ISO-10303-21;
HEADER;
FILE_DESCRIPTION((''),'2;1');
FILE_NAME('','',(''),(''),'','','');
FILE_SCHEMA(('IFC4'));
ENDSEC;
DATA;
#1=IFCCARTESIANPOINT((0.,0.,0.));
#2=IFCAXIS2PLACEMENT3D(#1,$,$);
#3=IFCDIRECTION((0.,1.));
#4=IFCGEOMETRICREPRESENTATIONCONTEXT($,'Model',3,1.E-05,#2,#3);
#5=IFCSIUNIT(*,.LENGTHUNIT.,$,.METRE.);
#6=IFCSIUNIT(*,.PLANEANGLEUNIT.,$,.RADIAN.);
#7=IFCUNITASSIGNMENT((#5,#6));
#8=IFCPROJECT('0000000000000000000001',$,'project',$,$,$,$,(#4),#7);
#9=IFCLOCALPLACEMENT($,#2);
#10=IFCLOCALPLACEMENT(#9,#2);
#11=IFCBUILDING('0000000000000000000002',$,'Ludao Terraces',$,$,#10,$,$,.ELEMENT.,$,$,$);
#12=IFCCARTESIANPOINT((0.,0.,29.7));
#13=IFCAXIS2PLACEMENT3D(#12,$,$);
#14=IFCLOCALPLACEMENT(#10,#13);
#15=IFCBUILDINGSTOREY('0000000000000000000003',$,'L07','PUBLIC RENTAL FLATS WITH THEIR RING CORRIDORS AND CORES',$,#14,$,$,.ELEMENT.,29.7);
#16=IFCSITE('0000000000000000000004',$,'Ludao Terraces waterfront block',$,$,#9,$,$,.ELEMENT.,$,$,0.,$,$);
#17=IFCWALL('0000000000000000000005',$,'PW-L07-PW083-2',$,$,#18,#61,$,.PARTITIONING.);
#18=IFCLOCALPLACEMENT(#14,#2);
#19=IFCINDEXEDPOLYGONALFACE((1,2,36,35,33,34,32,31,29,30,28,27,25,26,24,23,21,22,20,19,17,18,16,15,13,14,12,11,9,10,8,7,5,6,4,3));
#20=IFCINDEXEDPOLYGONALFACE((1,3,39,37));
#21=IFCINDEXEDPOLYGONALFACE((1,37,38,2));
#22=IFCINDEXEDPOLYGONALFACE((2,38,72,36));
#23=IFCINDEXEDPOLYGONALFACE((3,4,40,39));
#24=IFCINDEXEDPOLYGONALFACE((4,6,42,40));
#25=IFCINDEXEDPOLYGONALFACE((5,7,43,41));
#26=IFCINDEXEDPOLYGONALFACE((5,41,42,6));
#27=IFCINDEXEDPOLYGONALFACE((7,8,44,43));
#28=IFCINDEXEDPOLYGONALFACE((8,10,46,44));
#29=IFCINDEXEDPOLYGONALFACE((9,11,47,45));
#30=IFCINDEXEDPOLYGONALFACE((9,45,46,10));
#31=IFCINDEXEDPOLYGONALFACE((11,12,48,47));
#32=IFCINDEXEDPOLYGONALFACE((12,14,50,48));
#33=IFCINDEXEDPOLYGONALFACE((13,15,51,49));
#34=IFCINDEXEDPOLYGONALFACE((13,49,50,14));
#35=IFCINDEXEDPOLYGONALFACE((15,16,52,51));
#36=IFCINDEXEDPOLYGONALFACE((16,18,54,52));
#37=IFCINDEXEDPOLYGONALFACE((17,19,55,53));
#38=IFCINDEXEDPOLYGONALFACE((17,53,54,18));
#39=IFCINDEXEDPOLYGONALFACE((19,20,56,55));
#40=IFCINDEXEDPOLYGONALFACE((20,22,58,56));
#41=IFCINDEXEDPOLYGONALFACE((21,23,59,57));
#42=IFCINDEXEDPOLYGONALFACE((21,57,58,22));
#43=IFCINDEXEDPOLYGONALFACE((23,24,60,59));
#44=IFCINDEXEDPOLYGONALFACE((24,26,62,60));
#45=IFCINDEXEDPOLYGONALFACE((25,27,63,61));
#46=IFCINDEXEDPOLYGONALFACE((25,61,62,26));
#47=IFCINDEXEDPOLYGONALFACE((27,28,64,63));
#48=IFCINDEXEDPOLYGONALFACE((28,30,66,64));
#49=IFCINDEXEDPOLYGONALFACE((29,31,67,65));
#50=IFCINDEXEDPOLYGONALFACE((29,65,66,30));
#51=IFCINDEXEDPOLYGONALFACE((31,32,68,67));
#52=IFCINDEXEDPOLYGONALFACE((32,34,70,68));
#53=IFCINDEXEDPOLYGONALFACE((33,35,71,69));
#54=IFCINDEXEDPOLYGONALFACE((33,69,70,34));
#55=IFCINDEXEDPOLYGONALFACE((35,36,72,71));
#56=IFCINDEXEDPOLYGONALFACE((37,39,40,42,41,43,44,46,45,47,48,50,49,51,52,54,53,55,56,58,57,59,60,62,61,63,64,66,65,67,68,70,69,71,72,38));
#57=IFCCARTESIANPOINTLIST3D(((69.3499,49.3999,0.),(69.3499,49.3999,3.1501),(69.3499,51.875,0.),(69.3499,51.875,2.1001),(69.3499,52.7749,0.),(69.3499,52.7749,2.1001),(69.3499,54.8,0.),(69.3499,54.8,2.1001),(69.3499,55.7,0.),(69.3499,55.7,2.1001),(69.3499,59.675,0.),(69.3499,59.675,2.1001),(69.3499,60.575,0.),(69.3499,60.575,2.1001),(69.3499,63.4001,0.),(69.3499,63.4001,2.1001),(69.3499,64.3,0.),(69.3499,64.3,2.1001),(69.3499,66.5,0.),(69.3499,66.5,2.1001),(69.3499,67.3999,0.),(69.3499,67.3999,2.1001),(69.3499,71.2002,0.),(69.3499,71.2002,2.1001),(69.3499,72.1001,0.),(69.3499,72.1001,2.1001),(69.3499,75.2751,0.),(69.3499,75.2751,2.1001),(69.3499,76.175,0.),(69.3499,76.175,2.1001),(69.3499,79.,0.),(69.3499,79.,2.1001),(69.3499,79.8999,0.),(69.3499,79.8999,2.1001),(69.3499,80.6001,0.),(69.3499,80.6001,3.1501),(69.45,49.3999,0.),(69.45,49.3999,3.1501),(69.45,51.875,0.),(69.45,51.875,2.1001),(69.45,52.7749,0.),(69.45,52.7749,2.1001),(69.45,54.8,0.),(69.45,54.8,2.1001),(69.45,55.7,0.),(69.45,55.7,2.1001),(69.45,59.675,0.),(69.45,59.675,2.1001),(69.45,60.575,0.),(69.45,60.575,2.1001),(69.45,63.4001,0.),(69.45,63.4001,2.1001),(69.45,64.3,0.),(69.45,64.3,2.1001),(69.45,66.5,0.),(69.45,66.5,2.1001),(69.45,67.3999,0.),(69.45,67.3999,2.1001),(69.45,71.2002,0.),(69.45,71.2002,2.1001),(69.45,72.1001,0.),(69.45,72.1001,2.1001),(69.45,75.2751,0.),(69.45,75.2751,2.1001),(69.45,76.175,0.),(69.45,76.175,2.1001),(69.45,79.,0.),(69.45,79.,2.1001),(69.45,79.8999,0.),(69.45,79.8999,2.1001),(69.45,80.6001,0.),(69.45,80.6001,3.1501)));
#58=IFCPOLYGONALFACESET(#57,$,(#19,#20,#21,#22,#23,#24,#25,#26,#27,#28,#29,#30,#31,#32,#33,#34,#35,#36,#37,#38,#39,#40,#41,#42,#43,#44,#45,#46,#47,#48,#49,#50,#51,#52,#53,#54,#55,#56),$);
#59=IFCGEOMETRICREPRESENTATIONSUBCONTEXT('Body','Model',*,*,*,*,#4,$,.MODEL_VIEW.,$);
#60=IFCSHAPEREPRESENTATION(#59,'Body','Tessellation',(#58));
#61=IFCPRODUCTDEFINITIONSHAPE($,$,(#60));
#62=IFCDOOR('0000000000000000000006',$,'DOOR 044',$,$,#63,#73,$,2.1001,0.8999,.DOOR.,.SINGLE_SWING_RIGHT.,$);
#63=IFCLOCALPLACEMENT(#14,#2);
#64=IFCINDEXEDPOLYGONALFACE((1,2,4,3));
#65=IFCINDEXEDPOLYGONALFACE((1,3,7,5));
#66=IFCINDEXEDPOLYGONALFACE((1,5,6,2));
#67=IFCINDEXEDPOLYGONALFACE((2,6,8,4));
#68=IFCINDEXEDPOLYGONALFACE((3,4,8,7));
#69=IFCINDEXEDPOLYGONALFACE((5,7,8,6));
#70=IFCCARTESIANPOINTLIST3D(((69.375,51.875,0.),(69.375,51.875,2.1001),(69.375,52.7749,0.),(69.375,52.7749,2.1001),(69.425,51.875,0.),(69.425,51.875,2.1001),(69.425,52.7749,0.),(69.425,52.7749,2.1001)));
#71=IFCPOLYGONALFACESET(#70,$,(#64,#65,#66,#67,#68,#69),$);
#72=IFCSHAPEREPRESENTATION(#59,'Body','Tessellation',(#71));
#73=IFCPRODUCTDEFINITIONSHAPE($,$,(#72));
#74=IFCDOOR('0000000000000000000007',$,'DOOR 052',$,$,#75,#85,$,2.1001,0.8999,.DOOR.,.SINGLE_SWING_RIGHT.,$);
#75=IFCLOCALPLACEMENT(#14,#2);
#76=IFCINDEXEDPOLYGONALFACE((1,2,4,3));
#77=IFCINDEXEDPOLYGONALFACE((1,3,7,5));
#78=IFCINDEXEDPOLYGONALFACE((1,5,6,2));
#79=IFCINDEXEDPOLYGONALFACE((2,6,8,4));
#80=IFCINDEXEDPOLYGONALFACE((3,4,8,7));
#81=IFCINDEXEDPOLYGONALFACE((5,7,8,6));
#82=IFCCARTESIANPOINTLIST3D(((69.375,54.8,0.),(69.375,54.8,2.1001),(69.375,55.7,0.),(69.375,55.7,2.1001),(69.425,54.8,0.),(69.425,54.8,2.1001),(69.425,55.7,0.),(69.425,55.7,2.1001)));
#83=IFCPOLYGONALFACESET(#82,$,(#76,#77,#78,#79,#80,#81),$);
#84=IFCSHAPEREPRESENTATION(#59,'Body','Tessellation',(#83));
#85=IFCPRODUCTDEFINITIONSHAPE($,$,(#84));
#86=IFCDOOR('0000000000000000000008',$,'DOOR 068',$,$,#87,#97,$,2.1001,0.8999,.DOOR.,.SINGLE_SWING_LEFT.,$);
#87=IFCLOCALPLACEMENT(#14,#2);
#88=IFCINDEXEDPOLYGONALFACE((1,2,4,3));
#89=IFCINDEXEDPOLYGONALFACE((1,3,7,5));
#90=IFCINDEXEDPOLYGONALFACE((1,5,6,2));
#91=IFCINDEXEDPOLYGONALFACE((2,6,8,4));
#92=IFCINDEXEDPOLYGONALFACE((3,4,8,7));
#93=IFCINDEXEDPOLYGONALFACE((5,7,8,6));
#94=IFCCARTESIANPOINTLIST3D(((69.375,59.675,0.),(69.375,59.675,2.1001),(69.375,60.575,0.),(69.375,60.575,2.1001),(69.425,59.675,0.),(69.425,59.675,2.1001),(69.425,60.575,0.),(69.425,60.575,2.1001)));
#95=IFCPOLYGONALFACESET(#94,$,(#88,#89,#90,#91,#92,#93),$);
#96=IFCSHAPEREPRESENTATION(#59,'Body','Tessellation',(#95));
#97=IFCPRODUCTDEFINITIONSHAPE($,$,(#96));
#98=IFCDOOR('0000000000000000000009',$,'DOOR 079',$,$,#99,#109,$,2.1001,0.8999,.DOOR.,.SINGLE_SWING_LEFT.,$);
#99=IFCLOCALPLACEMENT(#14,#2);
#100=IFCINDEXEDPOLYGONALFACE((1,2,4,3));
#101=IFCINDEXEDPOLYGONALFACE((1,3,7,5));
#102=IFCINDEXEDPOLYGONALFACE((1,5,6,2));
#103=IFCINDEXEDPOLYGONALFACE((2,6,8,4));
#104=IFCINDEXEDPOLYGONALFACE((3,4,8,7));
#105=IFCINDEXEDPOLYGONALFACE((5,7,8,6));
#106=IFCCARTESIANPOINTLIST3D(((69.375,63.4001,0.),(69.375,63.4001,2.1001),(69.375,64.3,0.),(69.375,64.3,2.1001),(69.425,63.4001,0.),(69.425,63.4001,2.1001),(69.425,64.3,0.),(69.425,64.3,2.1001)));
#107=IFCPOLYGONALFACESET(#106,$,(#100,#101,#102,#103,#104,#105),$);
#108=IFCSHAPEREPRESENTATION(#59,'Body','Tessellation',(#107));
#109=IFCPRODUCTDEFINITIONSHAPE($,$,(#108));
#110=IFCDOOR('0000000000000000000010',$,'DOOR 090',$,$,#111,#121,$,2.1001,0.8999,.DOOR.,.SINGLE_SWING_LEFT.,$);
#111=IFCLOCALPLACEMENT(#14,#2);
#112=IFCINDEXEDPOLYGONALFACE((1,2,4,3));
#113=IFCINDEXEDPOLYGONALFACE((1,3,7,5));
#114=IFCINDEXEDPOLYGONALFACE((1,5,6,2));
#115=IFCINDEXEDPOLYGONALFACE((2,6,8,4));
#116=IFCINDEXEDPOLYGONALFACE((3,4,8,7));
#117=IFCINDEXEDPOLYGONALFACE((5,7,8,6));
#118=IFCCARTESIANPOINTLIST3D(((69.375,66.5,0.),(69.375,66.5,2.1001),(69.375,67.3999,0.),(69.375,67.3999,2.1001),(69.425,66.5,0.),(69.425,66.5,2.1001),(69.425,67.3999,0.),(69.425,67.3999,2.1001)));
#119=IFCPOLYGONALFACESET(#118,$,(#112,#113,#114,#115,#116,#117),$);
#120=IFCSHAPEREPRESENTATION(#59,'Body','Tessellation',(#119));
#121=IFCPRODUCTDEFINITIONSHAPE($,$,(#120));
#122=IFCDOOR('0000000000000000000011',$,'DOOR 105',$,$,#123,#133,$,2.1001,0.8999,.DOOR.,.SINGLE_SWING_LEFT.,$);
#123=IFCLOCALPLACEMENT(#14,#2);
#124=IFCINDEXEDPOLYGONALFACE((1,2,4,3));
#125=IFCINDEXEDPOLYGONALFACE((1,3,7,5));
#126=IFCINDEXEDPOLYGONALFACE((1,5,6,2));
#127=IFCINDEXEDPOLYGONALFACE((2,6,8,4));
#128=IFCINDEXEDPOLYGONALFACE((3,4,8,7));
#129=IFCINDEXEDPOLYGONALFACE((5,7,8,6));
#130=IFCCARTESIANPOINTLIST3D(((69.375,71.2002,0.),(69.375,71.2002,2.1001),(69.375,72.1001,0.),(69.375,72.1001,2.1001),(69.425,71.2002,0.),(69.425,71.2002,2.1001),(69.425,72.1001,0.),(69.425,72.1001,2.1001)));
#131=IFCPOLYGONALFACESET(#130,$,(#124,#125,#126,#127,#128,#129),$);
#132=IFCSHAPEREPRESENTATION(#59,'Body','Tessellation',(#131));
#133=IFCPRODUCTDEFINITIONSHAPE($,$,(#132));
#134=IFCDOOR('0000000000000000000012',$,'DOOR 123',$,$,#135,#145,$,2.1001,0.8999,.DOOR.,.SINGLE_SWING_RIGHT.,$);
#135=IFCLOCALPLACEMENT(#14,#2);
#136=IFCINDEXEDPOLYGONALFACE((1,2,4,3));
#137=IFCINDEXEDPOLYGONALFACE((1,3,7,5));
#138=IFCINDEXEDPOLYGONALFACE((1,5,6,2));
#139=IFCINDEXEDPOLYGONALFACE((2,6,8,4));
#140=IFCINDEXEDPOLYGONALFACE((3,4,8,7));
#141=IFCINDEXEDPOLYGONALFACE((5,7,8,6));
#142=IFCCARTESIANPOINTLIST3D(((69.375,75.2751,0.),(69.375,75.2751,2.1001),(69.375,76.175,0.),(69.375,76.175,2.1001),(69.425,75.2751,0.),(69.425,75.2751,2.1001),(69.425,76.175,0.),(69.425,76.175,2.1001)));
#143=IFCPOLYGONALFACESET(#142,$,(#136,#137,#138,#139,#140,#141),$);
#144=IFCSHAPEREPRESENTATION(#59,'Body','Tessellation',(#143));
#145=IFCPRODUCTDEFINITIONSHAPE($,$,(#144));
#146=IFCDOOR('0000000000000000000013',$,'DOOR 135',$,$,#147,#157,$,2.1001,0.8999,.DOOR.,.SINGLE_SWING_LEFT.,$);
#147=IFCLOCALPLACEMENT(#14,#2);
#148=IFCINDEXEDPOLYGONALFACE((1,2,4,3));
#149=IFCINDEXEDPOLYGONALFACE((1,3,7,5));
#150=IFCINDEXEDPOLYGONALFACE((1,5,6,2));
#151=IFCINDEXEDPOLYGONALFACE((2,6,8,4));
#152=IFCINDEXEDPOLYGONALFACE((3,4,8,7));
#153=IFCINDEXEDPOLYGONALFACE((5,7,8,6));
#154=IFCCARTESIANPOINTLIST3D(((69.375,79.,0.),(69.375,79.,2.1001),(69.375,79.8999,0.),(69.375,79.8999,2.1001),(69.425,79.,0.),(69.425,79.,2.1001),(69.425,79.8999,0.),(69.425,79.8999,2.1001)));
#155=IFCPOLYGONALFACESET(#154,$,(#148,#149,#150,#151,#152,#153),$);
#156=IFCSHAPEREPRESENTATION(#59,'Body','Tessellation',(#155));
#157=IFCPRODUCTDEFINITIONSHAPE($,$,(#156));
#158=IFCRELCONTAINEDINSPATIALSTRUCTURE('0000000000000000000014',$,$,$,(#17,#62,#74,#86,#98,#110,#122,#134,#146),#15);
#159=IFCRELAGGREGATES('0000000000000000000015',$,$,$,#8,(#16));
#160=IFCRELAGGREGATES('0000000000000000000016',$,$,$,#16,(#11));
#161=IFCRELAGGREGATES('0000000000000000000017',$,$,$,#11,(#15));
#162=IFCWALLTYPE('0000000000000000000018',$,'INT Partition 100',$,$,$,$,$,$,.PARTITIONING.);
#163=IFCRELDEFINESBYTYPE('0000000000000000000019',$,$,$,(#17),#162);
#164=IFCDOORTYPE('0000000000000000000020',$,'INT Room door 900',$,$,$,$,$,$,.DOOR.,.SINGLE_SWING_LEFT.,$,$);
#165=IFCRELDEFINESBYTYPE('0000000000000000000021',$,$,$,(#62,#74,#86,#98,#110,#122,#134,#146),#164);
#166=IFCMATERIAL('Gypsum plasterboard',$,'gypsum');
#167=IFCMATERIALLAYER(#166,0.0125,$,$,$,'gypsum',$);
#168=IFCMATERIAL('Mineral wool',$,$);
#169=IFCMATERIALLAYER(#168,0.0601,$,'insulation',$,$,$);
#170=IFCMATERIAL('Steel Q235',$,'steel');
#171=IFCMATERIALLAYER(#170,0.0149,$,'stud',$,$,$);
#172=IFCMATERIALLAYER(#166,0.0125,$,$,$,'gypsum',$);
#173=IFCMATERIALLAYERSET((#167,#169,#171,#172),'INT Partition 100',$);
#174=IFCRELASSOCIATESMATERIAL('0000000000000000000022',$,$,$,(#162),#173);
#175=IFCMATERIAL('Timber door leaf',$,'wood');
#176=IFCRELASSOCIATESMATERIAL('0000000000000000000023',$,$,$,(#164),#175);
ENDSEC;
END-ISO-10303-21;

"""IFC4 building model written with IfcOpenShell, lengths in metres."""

from ifc_helpers import new_model, si_unit, direction, frame, frame_2d, origin, place, context, subcontext, project, spatial, rectangle, extrude, material, layer, layer_set, type_object, element, fill, save


model = new_model("IFC4")

# Units and contexts
model_context = context("Model", 3, precision=1e-05, world=origin(), true_north=direction((0.0, 1.0)))
body_context = subcontext(model_context, "Body", "Model", "MODEL_VIEW")
ifc_project = project(units=[si_unit("LENGTHUNIT", "METRE"), si_unit("PLANEANGLEUNIT", "RADIAN")], contexts=[model_context])

# Site, building, storey
site_placement = place(None, origin())
site = spatial("IfcSite", under=ifc_project, at=site_placement, Name="Ludao Terraces waterfront block", CompositionType="ELEMENT", RefElevation=0.0)
building_placement = place(site_placement, origin())
building = spatial("IfcBuilding", under=site, at=building_placement, Name="Ludao Terraces", CompositionType="ELEMENT")
storey_placement = place(building_placement, frame((0.0, 0.0, 29.7)))
storey = spatial("IfcBuildingStorey", under=building, at=storey_placement, Name="L07", Description="PUBLIC RENTAL FLATS WITH THEIR RING CORRIDORS AND CORES", CompositionType="ELEMENT", Elevation=29.7)

# Shared definitions
ifc_material_1 = material(Name="Mineral wool")

# Shared definitions
ifc_material_2 = material(Name="Gypsum plasterboard", Category="gypsum")
ifc_layer_1 = layer(ifc_material_2, 0.0125, Category="gypsum")
ifc_layer_2 = layer(ifc_material_1, 0.0601, Name="insulation")
ifc_material_3 = material(Name="Steel Q235", Category="steel")
ifc_layer_3 = layer(ifc_material_3, 0.0149, Name="stud")
ifc_layer_4 = layer(ifc_material_2, 0.0125, Category="gypsum")
ifc_layer_set_1 = layer_set([ifc_layer_1, ifc_layer_2, ifc_layer_3, ifc_layer_4], Name="INT Partition 100")
wall_type_1 = type_object("IfcWallType", Name="INT Partition 100", PredefinedType="PARTITIONING", material=ifc_layer_set_1)

# Wall, openings, doors
ifc_material_4 = material(Name="Timber door leaf", Category="wood")
door_type_1 = type_object("IfcDoorType", Name="INT Room door 900", OperationType="SINGLE_SWING_LEFT", PredefinedType="DOOR", material=ifc_material_4)
wall_1_placement = place(storey_placement, frame((69.3999, 49.3999, 0.0), z_axis=(0.0, 0.0, 1.0), x_axis=(0.0, 1.0, 0.0)))
wall_1 = element("IfcWall", 1, at=wall_1_placement, inside=storey, type_object=wall_type_1, Name="PW-L07-PW083-2", PredefinedType="PARTITIONING", context=body_context, shape_type="SweptSolid", body=[
    extrude(rectangle(XDim=31.2002, YDim=0.1001, at=frame_2d((15.6001, 0.0))), origin(), (0.0, 0.0, 1.0), 3.1501),
])
opening_1_placement = place(wall_1_placement, frame((2.4751, 0.0, 0.0)))
opening_1 = element("IfcOpeningElement", 2, at=opening_1_placement, cuts=wall_1, PredefinedType="OPENING", context=body_context, shape_type="SweptSolid", body=[
    extrude(rectangle(XDim=0.8999, YDim=2.1001, at=frame_2d((0.45, 1.05))), frame((0.0, 0.0601, 0.0), z_axis=(0.0, -1.0, 0.0), x_axis=(1.0, 0.0, 0.0)), (0.0, 0.0, 1.0), 0.1201),
])
opening_2_placement = place(wall_1_placement, frame((5.4001, 0.0, 0.0)))
opening_2 = element("IfcOpeningElement", 3, at=opening_2_placement, cuts=wall_1, PredefinedType="OPENING", context=body_context, shape_type="SweptSolid", body=[
    extrude(rectangle(XDim=0.8999, YDim=2.1001, at=frame_2d((0.45, 1.05))), frame((0.0, 0.0601, 0.0), z_axis=(0.0, -1.0, 0.0), x_axis=(1.0, 0.0, 0.0)), (0.0, 0.0, 1.0), 0.1201),
])
opening_3_placement = place(wall_1_placement, frame((10.2751, 0.0, 0.0)))
opening_3 = element("IfcOpeningElement", 4, at=opening_3_placement, cuts=wall_1, PredefinedType="OPENING", context=body_context, shape_type="SweptSolid", body=[
    extrude(rectangle(XDim=0.8999, YDim=2.1001, at=frame_2d((0.45, 1.05))), frame((0.0, 0.0601, 0.0), z_axis=(0.0, -1.0, 0.0), x_axis=(1.0, 0.0, 0.0)), (0.0, 0.0, 1.0), 0.1201),
])
opening_4_placement = place(wall_1_placement, frame((14.0002, 0.0, 0.0)))
opening_4 = element("IfcOpeningElement", 5, at=opening_4_placement, cuts=wall_1, PredefinedType="OPENING", context=body_context, shape_type="SweptSolid", body=[
    extrude(rectangle(XDim=0.8999, YDim=2.1001, at=frame_2d((0.45, 1.05))), frame((0.0, 0.0601, 0.0), z_axis=(0.0, -1.0, 0.0), x_axis=(1.0, 0.0, 0.0)), (0.0, 0.0, 1.0), 0.1201),
])
opening_5_placement = place(wall_1_placement, frame((17.1001, 0.0, 0.0)))
opening_5 = element("IfcOpeningElement", 6, at=opening_5_placement, cuts=wall_1, PredefinedType="OPENING", context=body_context, shape_type="SweptSolid", body=[
    extrude(rectangle(XDim=0.8999, YDim=2.1001, at=frame_2d((0.45, 1.05))), frame((0.0, 0.0601, 0.0), z_axis=(0.0, -1.0, 0.0), x_axis=(1.0, 0.0, 0.0)), (0.0, 0.0, 1.0), 0.1201),
])
opening_6_placement = place(wall_1_placement, frame((21.8003, 0.0, 0.0)))
opening_6 = element("IfcOpeningElement", 7, at=opening_6_placement, cuts=wall_1, PredefinedType="OPENING", context=body_context, shape_type="SweptSolid", body=[
    extrude(rectangle(XDim=0.8999, YDim=2.1001, at=frame_2d((0.45, 1.05))), frame((0.0, 0.0601, 0.0), z_axis=(0.0, -1.0, 0.0), x_axis=(1.0, 0.0, 0.0)), (0.0, 0.0, 1.0), 0.1201),
])
opening_7_placement = place(wall_1_placement, frame((25.8752, 0.0, 0.0)))
opening_7 = element("IfcOpeningElement", 8, at=opening_7_placement, cuts=wall_1, PredefinedType="OPENING", context=body_context, shape_type="SweptSolid", body=[
    extrude(rectangle(XDim=0.8999, YDim=2.1001, at=frame_2d((0.45, 1.05))), frame((0.0, 0.0601, 0.0), z_axis=(0.0, -1.0, 0.0), x_axis=(1.0, 0.0, 0.0)), (0.0, 0.0, 1.0), 0.1201),
])
opening_8_placement = place(wall_1_placement, frame((29.6001, 0.0, 0.0)))
opening_8 = element("IfcOpeningElement", 9, at=opening_8_placement, cuts=wall_1, PredefinedType="OPENING", context=body_context, shape_type="SweptSolid", body=[
    extrude(rectangle(XDim=0.8999, YDim=2.1001, at=frame_2d((0.45, 1.05))), frame((0.0, 0.0601, 0.0), z_axis=(0.0, -1.0, 0.0), x_axis=(1.0, 0.0, 0.0)), (0.0, 0.0, 1.0), 0.1201),
])
door_1_placement = place(opening_1_placement, origin())
door_1 = element("IfcDoor", 10, at=door_1_placement, inside=storey, type_object=door_type_1, Name="DOOR 044", OperationType="SINGLE_SWING_RIGHT", OverallHeight=2.1001, OverallWidth=0.8999, PredefinedType="DOOR", context=body_context, shape_type="SweptSolid", body=[
    extrude(rectangle(XDim=0.8999, YDim=2.1001, at=frame_2d((0.45, 1.05))), frame((0.0, 0.0249, 0.0), z_axis=(0.0, -1.0, 0.0), x_axis=(1.0, 0.0, 0.0)), (0.0, 0.0, 1.0), 0.05),
])
fill(opening_1, door_1)
door_2_placement = place(opening_2_placement, origin())
door_2 = element("IfcDoor", 11, at=door_2_placement, inside=storey, type_object=door_type_1, Name="DOOR 052", OperationType="SINGLE_SWING_RIGHT", OverallHeight=2.1001, OverallWidth=0.8999, PredefinedType="DOOR", context=body_context, shape_type="SweptSolid", body=[
    extrude(rectangle(XDim=0.8999, YDim=2.1001, at=frame_2d((0.45, 1.05))), frame((0.0, 0.0249, 0.0), z_axis=(0.0, -1.0, 0.0), x_axis=(1.0, 0.0, 0.0)), (0.0, 0.0, 1.0), 0.05),
])
fill(opening_2, door_2)
door_3_placement = place(opening_3_placement, origin())
door_3 = element("IfcDoor", 12, at=door_3_placement, inside=storey, type_object=door_type_1, Name="DOOR 068", OperationType="SINGLE_SWING_LEFT", OverallHeight=2.1001, OverallWidth=0.8999, PredefinedType="DOOR", context=body_context, shape_type="SweptSolid", body=[
    extrude(rectangle(XDim=0.8999, YDim=2.1001, at=frame_2d((0.45, 1.05))), frame((0.0, 0.0249, 0.0), z_axis=(0.0, -1.0, 0.0), x_axis=(1.0, 0.0, 0.0)), (0.0, 0.0, 1.0), 0.05),
])
fill(opening_3, door_3)
door_4_placement = place(opening_4_placement, origin())
door_4 = element("IfcDoor", 13, at=door_4_placement, inside=storey, type_object=door_type_1, Name="DOOR 079", OperationType="SINGLE_SWING_LEFT", OverallHeight=2.1001, OverallWidth=0.8999, PredefinedType="DOOR", context=body_context, shape_type="SweptSolid", body=[
    extrude(rectangle(XDim=0.8999, YDim=2.1001, at=frame_2d((0.45, 1.05))), frame((0.0, 0.0249, 0.0), z_axis=(0.0, -1.0, 0.0), x_axis=(1.0, 0.0, 0.0)), (0.0, 0.0, 1.0), 0.05),
])
fill(opening_4, door_4)
door_5_placement = place(opening_5_placement, origin())
door_5 = element("IfcDoor", 14, at=door_5_placement, inside=storey, type_object=door_type_1, Name="DOOR 090", OperationType="SINGLE_SWING_LEFT", OverallHeight=2.1001, OverallWidth=0.8999, PredefinedType="DOOR", context=body_context, shape_type="SweptSolid", body=[
    extrude(rectangle(XDim=0.8999, YDim=2.1001, at=frame_2d((0.45, 1.05))), frame((0.0, 0.0249, 0.0), z_axis=(0.0, -1.0, 0.0), x_axis=(1.0, 0.0, 0.0)), (0.0, 0.0, 1.0), 0.05),
])
fill(opening_5, door_5)
door_6_placement = place(opening_6_placement, origin())
door_6 = element("IfcDoor", 15, at=door_6_placement, inside=storey, type_object=door_type_1, Name="DOOR 105", OperationType="SINGLE_SWING_LEFT", OverallHeight=2.1001, OverallWidth=0.8999, PredefinedType="DOOR", context=body_context, shape_type="SweptSolid", body=[
    extrude(rectangle(XDim=0.8999, YDim=2.1001, at=frame_2d((0.45, 1.05))), frame((0.0, 0.0249, 0.0), z_axis=(0.0, -1.0, 0.0), x_axis=(1.0, 0.0, 0.0)), (0.0, 0.0, 1.0), 0.05),
])
fill(opening_6, door_6)
door_7_placement = place(opening_7_placement, origin())
door_7 = element("IfcDoor", 16, at=door_7_placement, inside=storey, type_object=door_type_1, Name="DOOR 123", OperationType="SINGLE_SWING_RIGHT", OverallHeight=2.1001, OverallWidth=0.8999, PredefinedType="DOOR", context=body_context, shape_type="SweptSolid", body=[
    extrude(rectangle(XDim=0.8999, YDim=2.1001, at=frame_2d((0.45, 1.05))), frame((0.0, 0.0249, 0.0), z_axis=(0.0, -1.0, 0.0), x_axis=(1.0, 0.0, 0.0)), (0.0, 0.0, 1.0), 0.05),
])
fill(opening_7, door_7)
door_8_placement = place(opening_8_placement, origin())
door_8 = element("IfcDoor", 17, at=door_8_placement, inside=storey, type_object=door_type_1, Name="DOOR 135", OperationType="SINGLE_SWING_LEFT", OverallHeight=2.1001, OverallWidth=0.8999, PredefinedType="DOOR", context=body_context, shape_type="SweptSolid", body=[
    extrude(rectangle(XDim=0.8999, YDim=2.1001, at=frame_2d((0.45, 1.05))), frame((0.0, 0.0249, 0.0), z_axis=(0.0, -1.0, 0.0), x_axis=(1.0, 0.0, 0.0)), (0.0, 0.0, 1.0), 0.05),
])
fill(opening_8, door_8)

save(model, "model.ifc")
